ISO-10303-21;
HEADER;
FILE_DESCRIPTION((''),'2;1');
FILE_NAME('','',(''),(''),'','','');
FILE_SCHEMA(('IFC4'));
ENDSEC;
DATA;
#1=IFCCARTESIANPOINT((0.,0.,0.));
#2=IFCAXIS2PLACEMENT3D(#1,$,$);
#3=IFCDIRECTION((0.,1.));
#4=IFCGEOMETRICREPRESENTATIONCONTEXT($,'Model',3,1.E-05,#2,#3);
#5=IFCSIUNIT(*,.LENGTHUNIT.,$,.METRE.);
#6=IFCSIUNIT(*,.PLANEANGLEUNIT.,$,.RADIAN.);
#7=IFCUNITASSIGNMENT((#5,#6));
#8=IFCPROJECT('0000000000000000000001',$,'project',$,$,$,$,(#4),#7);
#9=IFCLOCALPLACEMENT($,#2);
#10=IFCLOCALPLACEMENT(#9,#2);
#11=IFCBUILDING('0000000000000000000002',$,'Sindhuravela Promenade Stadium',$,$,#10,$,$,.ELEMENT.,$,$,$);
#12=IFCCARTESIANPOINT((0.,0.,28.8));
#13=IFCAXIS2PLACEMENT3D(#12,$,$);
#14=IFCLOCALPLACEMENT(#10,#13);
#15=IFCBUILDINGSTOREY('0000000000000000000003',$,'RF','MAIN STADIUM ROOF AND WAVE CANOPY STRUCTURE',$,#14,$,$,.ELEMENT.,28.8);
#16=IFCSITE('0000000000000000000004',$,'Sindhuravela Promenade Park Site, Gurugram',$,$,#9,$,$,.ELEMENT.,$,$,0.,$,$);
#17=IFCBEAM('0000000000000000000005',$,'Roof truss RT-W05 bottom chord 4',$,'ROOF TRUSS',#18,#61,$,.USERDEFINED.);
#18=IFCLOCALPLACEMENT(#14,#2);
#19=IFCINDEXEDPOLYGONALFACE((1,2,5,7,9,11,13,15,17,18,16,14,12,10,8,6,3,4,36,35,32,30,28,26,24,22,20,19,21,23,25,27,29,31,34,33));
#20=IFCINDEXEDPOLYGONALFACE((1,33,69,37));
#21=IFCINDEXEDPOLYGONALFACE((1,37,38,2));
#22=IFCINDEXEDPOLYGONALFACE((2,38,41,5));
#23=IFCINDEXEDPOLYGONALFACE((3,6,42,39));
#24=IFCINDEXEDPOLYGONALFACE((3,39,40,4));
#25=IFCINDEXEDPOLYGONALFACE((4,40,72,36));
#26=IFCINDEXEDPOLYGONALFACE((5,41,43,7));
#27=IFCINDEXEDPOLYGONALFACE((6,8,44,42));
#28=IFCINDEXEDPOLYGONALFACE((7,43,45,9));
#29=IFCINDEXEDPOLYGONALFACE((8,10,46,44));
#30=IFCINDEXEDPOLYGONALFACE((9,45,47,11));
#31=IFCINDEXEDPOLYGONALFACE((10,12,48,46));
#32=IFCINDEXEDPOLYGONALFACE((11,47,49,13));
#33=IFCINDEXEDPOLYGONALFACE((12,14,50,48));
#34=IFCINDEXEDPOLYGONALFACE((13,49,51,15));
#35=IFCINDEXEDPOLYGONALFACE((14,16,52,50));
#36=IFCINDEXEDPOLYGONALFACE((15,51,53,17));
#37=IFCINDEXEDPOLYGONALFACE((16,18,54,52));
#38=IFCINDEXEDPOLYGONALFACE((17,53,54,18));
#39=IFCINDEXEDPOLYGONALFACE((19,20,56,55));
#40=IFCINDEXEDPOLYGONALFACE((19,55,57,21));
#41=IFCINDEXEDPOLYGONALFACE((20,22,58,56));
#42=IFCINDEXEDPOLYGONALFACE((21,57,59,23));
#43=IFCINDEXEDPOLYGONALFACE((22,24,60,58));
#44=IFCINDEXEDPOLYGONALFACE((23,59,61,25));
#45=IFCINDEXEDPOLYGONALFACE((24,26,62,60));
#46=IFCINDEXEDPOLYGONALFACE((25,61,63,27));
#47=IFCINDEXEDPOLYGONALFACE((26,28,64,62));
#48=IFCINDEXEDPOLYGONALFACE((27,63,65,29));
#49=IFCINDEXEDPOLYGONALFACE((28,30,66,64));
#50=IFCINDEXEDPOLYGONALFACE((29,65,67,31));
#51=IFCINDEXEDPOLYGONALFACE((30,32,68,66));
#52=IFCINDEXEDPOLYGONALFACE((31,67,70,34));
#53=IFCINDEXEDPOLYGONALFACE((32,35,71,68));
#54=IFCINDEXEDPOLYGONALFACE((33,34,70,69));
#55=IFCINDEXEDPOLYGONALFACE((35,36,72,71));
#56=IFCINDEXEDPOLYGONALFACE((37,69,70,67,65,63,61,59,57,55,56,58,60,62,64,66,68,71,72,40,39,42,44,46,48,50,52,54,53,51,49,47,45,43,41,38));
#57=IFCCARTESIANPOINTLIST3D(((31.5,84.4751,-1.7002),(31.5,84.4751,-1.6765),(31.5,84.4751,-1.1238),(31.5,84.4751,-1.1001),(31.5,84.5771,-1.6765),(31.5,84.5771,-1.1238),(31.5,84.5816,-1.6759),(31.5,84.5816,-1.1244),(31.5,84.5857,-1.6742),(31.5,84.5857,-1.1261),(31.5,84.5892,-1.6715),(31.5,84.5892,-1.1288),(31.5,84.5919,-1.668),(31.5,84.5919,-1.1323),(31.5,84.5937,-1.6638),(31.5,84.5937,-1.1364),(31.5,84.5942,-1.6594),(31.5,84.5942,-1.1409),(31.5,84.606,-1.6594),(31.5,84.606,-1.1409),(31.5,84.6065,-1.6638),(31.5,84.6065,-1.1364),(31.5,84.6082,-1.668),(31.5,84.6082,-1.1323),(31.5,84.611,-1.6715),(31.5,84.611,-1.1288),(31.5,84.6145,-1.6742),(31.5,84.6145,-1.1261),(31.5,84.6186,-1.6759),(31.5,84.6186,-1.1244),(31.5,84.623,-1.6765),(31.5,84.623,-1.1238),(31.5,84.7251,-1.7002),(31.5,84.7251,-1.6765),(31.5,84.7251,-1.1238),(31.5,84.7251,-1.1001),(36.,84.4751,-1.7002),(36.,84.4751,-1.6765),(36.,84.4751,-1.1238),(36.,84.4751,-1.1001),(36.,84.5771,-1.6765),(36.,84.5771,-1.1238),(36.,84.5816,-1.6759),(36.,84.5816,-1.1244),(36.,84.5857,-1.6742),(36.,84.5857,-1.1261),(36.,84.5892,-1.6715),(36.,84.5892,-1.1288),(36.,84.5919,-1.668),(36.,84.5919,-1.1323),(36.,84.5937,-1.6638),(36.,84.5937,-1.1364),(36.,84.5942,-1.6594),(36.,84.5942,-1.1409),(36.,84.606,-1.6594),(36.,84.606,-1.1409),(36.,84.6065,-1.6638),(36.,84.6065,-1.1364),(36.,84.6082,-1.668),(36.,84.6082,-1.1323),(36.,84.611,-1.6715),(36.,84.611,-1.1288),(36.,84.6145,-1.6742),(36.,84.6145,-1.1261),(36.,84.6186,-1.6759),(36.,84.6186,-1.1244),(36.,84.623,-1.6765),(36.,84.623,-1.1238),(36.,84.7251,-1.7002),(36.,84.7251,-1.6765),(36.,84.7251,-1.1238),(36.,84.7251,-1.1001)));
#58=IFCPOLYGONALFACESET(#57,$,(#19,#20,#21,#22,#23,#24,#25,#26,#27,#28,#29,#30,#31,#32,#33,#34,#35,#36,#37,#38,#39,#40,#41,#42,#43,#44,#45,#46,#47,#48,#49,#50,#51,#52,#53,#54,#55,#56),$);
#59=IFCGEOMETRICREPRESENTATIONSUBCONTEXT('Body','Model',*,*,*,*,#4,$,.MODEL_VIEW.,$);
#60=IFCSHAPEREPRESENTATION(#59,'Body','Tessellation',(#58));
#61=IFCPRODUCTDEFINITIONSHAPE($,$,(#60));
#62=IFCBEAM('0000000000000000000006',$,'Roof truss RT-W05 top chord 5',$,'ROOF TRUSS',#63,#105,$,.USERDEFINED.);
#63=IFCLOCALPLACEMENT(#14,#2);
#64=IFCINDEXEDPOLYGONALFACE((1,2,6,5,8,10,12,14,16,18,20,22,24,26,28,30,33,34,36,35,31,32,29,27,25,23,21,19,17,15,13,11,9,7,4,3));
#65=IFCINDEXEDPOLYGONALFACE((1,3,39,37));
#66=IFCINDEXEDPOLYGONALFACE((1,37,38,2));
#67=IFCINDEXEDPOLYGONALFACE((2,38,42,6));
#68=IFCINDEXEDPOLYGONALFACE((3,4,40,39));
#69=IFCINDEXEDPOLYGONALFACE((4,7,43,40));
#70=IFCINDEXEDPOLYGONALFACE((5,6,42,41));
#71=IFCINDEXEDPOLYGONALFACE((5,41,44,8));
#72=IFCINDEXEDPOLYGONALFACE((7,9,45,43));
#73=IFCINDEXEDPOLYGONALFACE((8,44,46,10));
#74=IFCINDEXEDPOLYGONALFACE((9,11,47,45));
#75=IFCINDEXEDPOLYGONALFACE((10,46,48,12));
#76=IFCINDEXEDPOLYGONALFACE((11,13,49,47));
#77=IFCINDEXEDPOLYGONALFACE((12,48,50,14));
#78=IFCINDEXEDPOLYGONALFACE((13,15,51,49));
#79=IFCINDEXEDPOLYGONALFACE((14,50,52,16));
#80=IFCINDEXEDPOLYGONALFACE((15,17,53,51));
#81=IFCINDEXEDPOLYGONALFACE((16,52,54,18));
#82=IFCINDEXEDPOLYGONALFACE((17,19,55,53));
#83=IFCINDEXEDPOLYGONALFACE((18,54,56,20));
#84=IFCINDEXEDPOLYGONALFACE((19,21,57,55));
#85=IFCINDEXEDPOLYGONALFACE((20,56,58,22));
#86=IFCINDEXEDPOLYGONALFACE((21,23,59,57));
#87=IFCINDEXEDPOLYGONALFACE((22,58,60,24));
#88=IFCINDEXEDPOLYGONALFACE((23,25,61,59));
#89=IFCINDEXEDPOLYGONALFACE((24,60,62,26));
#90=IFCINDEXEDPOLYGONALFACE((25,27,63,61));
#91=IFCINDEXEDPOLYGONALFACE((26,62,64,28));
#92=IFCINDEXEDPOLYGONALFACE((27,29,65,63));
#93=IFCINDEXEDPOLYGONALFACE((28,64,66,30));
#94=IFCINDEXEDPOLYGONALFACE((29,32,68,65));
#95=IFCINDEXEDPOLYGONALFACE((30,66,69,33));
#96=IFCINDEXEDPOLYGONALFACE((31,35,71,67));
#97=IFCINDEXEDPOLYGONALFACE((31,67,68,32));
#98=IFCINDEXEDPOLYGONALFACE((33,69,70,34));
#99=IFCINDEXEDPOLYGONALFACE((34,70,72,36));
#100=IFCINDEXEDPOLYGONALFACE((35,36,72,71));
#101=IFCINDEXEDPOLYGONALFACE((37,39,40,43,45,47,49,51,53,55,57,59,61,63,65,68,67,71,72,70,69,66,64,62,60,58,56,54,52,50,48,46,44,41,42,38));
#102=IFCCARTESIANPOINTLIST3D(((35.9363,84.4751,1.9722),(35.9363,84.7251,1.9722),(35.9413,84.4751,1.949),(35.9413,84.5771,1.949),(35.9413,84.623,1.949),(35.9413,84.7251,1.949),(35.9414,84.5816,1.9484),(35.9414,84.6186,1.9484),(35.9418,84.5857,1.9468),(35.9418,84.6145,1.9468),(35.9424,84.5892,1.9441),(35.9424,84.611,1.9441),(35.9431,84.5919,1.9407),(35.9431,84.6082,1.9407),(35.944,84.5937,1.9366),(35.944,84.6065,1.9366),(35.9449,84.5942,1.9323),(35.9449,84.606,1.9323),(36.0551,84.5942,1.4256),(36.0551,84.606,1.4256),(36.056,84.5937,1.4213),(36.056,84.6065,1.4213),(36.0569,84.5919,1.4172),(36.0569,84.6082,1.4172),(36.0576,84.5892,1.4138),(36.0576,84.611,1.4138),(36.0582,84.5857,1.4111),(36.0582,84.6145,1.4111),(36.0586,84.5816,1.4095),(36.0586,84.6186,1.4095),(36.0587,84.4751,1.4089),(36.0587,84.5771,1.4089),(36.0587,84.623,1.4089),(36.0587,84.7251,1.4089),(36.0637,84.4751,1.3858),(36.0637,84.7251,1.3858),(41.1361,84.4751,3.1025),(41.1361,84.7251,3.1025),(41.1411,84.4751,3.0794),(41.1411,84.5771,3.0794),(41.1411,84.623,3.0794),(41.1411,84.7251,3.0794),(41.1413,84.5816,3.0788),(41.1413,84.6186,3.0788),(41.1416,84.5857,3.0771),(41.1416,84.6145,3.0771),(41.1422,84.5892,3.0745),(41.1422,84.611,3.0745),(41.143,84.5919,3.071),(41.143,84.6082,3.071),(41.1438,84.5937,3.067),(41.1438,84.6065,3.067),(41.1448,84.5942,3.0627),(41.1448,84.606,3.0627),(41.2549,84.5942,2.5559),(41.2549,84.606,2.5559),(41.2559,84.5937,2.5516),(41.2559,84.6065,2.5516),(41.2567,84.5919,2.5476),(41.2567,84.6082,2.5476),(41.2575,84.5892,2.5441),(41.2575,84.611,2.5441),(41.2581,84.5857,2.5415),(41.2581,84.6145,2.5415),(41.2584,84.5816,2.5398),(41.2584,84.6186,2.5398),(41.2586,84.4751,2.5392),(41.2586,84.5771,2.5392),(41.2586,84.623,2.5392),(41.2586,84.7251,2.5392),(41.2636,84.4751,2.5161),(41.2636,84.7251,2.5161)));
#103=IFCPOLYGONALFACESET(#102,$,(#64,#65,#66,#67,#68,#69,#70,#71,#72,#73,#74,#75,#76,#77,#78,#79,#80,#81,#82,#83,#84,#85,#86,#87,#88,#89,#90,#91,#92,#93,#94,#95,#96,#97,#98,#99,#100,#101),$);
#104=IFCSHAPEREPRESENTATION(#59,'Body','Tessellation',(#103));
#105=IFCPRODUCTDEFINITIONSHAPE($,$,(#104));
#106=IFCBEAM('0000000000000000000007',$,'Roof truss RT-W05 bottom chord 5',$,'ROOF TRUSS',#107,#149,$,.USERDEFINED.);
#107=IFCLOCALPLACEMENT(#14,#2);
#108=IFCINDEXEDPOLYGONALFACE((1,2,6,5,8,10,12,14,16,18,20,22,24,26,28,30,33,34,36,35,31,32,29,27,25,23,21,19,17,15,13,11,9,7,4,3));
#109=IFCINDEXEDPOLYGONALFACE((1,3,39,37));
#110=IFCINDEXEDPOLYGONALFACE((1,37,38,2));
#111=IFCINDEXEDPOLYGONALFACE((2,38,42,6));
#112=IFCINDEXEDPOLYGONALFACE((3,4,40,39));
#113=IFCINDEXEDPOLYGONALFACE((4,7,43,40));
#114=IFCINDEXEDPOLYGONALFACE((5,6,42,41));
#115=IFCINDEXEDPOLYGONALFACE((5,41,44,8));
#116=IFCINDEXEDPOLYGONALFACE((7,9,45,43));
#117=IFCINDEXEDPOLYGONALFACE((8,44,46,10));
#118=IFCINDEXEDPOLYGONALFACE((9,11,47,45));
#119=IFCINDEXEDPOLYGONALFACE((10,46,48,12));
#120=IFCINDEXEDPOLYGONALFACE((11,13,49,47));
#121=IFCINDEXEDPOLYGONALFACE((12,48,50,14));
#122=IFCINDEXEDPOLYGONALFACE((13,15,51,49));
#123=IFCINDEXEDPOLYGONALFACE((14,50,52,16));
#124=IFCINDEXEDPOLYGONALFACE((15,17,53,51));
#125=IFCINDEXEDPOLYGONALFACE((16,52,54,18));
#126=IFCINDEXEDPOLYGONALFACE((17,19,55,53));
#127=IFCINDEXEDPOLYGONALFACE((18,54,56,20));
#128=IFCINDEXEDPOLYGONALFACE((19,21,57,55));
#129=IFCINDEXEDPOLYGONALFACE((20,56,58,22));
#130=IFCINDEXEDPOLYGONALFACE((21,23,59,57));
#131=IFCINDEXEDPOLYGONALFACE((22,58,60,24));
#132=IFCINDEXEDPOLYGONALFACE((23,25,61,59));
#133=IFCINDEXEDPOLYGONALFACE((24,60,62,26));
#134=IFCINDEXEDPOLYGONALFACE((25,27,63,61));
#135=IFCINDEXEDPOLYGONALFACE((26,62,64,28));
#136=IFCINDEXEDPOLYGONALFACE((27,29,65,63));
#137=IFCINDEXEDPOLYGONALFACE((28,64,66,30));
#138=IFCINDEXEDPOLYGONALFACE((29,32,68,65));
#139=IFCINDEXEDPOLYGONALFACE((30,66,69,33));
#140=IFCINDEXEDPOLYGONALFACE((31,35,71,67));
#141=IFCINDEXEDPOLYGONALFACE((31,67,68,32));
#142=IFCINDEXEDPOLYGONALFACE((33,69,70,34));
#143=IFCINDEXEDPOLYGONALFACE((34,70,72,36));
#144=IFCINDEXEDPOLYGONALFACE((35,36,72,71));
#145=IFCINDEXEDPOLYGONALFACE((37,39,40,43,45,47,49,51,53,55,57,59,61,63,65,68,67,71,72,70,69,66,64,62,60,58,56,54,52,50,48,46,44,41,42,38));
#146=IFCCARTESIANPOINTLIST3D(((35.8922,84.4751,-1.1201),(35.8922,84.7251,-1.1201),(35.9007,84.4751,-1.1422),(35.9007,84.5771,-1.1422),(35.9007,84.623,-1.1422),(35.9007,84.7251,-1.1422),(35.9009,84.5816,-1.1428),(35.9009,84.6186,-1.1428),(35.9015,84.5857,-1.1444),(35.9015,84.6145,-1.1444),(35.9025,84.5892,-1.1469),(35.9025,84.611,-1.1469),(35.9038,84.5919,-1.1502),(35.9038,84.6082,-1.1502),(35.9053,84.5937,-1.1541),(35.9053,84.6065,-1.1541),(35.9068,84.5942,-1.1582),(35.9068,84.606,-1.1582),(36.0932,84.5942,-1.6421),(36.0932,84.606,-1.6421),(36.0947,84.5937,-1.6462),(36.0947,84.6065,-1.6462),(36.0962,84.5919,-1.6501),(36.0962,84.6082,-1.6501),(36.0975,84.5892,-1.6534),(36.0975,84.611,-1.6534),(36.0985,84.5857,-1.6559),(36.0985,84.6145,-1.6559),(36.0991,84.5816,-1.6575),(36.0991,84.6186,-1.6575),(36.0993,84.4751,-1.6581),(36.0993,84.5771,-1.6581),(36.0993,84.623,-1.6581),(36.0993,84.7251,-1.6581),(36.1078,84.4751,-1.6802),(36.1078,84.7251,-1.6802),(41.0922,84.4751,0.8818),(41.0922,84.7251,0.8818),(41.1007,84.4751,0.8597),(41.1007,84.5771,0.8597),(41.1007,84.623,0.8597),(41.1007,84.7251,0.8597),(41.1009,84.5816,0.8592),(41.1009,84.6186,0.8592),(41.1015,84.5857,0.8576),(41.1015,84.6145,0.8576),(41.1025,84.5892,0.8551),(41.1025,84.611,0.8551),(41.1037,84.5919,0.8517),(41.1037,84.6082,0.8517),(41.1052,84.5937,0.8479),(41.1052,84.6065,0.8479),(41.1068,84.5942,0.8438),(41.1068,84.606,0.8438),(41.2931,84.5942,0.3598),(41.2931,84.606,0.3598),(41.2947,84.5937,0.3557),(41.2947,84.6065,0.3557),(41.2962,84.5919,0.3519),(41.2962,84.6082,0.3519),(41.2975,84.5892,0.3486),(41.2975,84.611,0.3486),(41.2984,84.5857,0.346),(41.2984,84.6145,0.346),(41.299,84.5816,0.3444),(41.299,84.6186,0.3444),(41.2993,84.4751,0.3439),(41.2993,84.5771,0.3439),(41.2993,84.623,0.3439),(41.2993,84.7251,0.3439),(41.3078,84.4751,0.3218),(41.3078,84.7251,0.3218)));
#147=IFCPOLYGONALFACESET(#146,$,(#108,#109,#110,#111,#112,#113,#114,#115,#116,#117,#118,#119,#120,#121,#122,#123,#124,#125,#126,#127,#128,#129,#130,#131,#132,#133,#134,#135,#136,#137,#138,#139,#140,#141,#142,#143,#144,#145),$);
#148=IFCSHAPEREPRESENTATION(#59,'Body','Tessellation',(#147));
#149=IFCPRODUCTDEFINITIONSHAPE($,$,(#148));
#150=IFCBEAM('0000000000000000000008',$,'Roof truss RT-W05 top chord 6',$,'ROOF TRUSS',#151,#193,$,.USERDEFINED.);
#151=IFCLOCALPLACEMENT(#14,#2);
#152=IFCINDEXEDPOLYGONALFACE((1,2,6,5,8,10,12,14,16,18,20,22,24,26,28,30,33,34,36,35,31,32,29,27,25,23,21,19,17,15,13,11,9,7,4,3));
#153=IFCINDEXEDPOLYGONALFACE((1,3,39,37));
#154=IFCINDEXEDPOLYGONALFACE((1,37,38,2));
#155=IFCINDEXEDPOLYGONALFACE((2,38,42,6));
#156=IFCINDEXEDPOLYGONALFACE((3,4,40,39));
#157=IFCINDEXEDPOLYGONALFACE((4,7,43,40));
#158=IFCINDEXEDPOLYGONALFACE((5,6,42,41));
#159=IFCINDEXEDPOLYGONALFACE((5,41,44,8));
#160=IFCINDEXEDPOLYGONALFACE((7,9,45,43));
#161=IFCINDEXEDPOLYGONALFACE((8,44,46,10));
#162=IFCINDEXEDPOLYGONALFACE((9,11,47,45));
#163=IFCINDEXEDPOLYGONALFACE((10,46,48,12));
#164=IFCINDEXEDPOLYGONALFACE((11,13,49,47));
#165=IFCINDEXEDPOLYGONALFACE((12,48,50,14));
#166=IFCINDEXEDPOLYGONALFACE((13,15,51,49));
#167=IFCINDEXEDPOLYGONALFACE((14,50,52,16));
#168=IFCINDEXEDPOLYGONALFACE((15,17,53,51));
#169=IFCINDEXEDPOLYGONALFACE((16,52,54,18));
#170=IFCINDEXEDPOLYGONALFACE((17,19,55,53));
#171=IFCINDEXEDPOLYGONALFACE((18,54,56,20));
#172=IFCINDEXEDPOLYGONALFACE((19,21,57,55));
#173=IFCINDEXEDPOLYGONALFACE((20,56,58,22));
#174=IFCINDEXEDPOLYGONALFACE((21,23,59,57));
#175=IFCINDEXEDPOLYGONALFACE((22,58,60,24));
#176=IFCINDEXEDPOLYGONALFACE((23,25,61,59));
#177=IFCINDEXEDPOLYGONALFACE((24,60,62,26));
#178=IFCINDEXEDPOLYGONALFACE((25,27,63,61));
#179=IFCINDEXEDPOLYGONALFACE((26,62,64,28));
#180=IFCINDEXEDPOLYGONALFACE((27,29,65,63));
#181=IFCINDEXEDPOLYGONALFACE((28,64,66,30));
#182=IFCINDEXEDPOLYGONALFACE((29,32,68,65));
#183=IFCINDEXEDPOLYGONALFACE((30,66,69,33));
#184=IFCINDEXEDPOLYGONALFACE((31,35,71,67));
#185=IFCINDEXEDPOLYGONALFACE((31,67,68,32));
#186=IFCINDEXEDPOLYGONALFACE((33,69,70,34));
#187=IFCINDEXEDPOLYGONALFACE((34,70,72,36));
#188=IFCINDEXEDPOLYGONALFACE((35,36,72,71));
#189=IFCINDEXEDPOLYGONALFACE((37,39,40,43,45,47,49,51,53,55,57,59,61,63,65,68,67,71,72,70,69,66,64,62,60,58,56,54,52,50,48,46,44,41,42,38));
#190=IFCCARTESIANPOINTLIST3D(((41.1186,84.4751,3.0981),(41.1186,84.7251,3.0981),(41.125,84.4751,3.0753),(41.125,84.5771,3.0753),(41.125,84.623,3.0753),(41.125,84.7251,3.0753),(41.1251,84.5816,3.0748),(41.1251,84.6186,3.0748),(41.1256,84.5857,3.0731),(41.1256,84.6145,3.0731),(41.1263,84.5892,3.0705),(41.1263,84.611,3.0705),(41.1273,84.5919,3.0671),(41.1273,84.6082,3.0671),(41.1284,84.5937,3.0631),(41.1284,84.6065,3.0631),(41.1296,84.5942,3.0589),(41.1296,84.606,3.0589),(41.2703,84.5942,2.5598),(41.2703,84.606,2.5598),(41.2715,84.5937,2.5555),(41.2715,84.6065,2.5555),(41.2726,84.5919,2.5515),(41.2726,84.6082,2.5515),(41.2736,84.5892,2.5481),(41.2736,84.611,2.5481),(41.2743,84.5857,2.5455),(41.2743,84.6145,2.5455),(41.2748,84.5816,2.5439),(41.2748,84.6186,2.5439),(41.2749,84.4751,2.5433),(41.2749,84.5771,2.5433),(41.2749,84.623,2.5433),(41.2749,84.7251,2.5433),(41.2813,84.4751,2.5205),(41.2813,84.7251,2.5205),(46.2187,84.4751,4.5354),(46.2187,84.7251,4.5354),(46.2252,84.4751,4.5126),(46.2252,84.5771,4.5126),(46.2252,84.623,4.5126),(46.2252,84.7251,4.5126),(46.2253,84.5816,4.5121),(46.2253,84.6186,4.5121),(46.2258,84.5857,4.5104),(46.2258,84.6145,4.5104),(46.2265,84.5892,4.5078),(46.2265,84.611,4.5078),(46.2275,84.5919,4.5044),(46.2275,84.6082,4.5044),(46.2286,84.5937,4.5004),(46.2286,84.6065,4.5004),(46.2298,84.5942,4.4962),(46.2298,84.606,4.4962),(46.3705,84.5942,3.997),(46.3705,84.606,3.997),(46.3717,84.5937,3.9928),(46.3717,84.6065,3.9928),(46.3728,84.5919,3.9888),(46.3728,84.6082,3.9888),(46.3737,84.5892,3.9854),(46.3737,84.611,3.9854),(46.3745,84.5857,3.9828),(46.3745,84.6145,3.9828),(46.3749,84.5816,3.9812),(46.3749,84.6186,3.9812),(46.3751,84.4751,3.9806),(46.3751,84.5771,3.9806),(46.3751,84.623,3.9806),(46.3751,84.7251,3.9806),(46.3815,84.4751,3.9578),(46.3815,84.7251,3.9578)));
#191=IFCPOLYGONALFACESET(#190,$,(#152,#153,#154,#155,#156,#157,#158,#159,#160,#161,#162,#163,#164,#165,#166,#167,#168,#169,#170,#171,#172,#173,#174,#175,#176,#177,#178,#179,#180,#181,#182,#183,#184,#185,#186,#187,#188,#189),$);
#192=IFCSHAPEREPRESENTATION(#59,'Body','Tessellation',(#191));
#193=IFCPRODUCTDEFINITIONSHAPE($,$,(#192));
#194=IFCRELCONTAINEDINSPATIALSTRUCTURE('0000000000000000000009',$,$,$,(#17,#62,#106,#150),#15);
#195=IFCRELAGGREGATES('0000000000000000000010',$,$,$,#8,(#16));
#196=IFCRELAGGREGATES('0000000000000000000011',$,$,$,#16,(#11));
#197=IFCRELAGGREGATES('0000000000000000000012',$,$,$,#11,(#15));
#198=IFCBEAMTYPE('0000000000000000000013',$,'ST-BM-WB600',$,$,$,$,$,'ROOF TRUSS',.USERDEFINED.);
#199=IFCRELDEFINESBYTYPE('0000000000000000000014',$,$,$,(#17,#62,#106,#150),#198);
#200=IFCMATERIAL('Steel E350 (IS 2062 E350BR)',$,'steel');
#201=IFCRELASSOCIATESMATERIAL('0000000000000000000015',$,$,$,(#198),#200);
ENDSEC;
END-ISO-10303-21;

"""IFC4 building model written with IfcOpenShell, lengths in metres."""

from ifc_helpers import new_model, si_unit, direction, frame, origin, origin_2d, place, context, subcontext, project, spatial, i_section, extrude, material, material_profile, profile_set, type_object, element, save


model = new_model("IFC4")

# Units and contexts
model_context = context("Model", 3, precision=1e-05, world=origin(), true_north=direction((0.0, 1.0)))
body_context = subcontext(model_context, "Body", "Model", "MODEL_VIEW")
ifc_project = project(units=[si_unit("LENGTHUNIT", "METRE"), si_unit("PLANEANGLEUNIT", "RADIAN")], contexts=[model_context])

# Site, building, storey
site_placement = place(None, origin())
site = spatial("IfcSite", under=ifc_project, at=site_placement, Name="Sindhuravela Promenade Park Site, Gurugram", CompositionType="ELEMENT", RefElevation=0.0)
building_placement = place(site_placement, origin())
building = spatial("IfcBuilding", under=site, at=building_placement, Name="Sindhuravela Promenade Stadium", CompositionType="ELEMENT")
storey_placement = place(building_placement, frame((0.0, 0.0, 28.8)))
storey = spatial("IfcBuildingStorey", under=building, at=storey_placement, Name="RF", Description="MAIN STADIUM ROOF AND WAVE CANOPY STRUCTURE", CompositionType="ELEMENT", Elevation=28.8)

# Beams
ifc_material_1 = material(Name="Steel E350 (IS 2062 E350BR)", Category="steel")
ifc_material_profile_1 = material_profile(ifc_material_1, i_section(OverallWidth=0.25, OverallDepth=0.6001, WebThickness=0.0117, FlangeThickness=0.0237, FilletRadius=0.0171, at=origin_2d()), Name="ISWB 600")
ifc_profile_set_1 = profile_set([ifc_material_profile_1], Name="Steel E350 (IS 2062 E350BR)")
beam_type_1 = type_object("IfcBeamType", Name="ST-BM-WB600", ElementType="ROOF TRUSS", PredefinedType="USERDEFINED", material=ifc_profile_set_1)
beam_1_placement = place(storey_placement, frame((31.5, 84.6001, -1.4001), z_axis=(1.0, 0.0, 0.0), x_axis=(0.0, 1.0, 0.0)))
element("IfcBeam", 1, at=beam_1_placement, inside=storey, type_object=beam_type_1, Name="Roof truss RT-W05 bottom chord 4", ObjectType="ROOF TRUSS", PredefinedType="USERDEFINED", context=body_context, shape_type="SweptSolid", body=[
    extrude(i_section(OverallWidth=0.25, OverallDepth=0.6001, WebThickness=0.0117, FlangeThickness=0.0237, FilletRadius=0.0171, at=origin_2d()), origin(), (0.0, 0.0, 1.0), 4.5),
])
beam_2_placement = place(storey_placement, frame((36.0, 84.6001, 1.679), z_axis=(0.977178, 0.0, 0.21242), x_axis=(0.0, 1.0, 0.0)))
element("IfcBeam", 2, at=beam_2_placement, inside=storey, type_object=beam_type_1, Name="Roof truss RT-W05 top chord 5", ObjectType="ROOF TRUSS", PredefinedType="USERDEFINED", context=body_context, shape_type="SweptSolid", body=[
    extrude(i_section(OverallWidth=0.25, OverallDepth=0.6001, WebThickness=0.0117, FlangeThickness=0.0237, FilletRadius=0.0171, at=origin_2d()), origin(), (0.0, 0.0, 1.0), 5.3213),
])
beam_3_placement = place(storey_placement, frame((36.0, 84.6001, -1.4001), z_axis=(0.933227, 0.0, 0.359287), x_axis=(0.0, 1.0, 0.0)))
element("IfcBeam", 3, at=beam_3_placement, inside=storey, type_object=beam_type_1, Name="Roof truss RT-W05 bottom chord 5", ObjectType="ROOF TRUSS", PredefinedType="USERDEFINED", context=body_context, shape_type="SweptSolid", body=[
    extrude(i_section(OverallWidth=0.25, OverallDepth=0.6001, WebThickness=0.0117, FlangeThickness=0.0237, FilletRadius=0.0171, at=origin_2d()), origin(), (0.0, 0.0, 1.0), 5.572),
])
beam_4_placement = place(storey_placement, frame((41.2, 84.6001, 2.8093), z_axis=(0.96251, 0.0, 0.271245), x_axis=(0.0, 1.0, 0.0)))
element("IfcBeam", 4, at=beam_4_placement, inside=storey, type_object=beam_type_1, Name="Roof truss RT-W05 top chord 6", ObjectType="ROOF TRUSS", PredefinedType="USERDEFINED", context=body_context, shape_type="SweptSolid", body=[
    extrude(i_section(OverallWidth=0.25, OverallDepth=0.6001, WebThickness=0.0117, FlangeThickness=0.0237, FilletRadius=0.0171, at=origin_2d()), origin(), (0.0, 0.0, 1.0), 5.2988),
])

save(model, "model.ifc")
